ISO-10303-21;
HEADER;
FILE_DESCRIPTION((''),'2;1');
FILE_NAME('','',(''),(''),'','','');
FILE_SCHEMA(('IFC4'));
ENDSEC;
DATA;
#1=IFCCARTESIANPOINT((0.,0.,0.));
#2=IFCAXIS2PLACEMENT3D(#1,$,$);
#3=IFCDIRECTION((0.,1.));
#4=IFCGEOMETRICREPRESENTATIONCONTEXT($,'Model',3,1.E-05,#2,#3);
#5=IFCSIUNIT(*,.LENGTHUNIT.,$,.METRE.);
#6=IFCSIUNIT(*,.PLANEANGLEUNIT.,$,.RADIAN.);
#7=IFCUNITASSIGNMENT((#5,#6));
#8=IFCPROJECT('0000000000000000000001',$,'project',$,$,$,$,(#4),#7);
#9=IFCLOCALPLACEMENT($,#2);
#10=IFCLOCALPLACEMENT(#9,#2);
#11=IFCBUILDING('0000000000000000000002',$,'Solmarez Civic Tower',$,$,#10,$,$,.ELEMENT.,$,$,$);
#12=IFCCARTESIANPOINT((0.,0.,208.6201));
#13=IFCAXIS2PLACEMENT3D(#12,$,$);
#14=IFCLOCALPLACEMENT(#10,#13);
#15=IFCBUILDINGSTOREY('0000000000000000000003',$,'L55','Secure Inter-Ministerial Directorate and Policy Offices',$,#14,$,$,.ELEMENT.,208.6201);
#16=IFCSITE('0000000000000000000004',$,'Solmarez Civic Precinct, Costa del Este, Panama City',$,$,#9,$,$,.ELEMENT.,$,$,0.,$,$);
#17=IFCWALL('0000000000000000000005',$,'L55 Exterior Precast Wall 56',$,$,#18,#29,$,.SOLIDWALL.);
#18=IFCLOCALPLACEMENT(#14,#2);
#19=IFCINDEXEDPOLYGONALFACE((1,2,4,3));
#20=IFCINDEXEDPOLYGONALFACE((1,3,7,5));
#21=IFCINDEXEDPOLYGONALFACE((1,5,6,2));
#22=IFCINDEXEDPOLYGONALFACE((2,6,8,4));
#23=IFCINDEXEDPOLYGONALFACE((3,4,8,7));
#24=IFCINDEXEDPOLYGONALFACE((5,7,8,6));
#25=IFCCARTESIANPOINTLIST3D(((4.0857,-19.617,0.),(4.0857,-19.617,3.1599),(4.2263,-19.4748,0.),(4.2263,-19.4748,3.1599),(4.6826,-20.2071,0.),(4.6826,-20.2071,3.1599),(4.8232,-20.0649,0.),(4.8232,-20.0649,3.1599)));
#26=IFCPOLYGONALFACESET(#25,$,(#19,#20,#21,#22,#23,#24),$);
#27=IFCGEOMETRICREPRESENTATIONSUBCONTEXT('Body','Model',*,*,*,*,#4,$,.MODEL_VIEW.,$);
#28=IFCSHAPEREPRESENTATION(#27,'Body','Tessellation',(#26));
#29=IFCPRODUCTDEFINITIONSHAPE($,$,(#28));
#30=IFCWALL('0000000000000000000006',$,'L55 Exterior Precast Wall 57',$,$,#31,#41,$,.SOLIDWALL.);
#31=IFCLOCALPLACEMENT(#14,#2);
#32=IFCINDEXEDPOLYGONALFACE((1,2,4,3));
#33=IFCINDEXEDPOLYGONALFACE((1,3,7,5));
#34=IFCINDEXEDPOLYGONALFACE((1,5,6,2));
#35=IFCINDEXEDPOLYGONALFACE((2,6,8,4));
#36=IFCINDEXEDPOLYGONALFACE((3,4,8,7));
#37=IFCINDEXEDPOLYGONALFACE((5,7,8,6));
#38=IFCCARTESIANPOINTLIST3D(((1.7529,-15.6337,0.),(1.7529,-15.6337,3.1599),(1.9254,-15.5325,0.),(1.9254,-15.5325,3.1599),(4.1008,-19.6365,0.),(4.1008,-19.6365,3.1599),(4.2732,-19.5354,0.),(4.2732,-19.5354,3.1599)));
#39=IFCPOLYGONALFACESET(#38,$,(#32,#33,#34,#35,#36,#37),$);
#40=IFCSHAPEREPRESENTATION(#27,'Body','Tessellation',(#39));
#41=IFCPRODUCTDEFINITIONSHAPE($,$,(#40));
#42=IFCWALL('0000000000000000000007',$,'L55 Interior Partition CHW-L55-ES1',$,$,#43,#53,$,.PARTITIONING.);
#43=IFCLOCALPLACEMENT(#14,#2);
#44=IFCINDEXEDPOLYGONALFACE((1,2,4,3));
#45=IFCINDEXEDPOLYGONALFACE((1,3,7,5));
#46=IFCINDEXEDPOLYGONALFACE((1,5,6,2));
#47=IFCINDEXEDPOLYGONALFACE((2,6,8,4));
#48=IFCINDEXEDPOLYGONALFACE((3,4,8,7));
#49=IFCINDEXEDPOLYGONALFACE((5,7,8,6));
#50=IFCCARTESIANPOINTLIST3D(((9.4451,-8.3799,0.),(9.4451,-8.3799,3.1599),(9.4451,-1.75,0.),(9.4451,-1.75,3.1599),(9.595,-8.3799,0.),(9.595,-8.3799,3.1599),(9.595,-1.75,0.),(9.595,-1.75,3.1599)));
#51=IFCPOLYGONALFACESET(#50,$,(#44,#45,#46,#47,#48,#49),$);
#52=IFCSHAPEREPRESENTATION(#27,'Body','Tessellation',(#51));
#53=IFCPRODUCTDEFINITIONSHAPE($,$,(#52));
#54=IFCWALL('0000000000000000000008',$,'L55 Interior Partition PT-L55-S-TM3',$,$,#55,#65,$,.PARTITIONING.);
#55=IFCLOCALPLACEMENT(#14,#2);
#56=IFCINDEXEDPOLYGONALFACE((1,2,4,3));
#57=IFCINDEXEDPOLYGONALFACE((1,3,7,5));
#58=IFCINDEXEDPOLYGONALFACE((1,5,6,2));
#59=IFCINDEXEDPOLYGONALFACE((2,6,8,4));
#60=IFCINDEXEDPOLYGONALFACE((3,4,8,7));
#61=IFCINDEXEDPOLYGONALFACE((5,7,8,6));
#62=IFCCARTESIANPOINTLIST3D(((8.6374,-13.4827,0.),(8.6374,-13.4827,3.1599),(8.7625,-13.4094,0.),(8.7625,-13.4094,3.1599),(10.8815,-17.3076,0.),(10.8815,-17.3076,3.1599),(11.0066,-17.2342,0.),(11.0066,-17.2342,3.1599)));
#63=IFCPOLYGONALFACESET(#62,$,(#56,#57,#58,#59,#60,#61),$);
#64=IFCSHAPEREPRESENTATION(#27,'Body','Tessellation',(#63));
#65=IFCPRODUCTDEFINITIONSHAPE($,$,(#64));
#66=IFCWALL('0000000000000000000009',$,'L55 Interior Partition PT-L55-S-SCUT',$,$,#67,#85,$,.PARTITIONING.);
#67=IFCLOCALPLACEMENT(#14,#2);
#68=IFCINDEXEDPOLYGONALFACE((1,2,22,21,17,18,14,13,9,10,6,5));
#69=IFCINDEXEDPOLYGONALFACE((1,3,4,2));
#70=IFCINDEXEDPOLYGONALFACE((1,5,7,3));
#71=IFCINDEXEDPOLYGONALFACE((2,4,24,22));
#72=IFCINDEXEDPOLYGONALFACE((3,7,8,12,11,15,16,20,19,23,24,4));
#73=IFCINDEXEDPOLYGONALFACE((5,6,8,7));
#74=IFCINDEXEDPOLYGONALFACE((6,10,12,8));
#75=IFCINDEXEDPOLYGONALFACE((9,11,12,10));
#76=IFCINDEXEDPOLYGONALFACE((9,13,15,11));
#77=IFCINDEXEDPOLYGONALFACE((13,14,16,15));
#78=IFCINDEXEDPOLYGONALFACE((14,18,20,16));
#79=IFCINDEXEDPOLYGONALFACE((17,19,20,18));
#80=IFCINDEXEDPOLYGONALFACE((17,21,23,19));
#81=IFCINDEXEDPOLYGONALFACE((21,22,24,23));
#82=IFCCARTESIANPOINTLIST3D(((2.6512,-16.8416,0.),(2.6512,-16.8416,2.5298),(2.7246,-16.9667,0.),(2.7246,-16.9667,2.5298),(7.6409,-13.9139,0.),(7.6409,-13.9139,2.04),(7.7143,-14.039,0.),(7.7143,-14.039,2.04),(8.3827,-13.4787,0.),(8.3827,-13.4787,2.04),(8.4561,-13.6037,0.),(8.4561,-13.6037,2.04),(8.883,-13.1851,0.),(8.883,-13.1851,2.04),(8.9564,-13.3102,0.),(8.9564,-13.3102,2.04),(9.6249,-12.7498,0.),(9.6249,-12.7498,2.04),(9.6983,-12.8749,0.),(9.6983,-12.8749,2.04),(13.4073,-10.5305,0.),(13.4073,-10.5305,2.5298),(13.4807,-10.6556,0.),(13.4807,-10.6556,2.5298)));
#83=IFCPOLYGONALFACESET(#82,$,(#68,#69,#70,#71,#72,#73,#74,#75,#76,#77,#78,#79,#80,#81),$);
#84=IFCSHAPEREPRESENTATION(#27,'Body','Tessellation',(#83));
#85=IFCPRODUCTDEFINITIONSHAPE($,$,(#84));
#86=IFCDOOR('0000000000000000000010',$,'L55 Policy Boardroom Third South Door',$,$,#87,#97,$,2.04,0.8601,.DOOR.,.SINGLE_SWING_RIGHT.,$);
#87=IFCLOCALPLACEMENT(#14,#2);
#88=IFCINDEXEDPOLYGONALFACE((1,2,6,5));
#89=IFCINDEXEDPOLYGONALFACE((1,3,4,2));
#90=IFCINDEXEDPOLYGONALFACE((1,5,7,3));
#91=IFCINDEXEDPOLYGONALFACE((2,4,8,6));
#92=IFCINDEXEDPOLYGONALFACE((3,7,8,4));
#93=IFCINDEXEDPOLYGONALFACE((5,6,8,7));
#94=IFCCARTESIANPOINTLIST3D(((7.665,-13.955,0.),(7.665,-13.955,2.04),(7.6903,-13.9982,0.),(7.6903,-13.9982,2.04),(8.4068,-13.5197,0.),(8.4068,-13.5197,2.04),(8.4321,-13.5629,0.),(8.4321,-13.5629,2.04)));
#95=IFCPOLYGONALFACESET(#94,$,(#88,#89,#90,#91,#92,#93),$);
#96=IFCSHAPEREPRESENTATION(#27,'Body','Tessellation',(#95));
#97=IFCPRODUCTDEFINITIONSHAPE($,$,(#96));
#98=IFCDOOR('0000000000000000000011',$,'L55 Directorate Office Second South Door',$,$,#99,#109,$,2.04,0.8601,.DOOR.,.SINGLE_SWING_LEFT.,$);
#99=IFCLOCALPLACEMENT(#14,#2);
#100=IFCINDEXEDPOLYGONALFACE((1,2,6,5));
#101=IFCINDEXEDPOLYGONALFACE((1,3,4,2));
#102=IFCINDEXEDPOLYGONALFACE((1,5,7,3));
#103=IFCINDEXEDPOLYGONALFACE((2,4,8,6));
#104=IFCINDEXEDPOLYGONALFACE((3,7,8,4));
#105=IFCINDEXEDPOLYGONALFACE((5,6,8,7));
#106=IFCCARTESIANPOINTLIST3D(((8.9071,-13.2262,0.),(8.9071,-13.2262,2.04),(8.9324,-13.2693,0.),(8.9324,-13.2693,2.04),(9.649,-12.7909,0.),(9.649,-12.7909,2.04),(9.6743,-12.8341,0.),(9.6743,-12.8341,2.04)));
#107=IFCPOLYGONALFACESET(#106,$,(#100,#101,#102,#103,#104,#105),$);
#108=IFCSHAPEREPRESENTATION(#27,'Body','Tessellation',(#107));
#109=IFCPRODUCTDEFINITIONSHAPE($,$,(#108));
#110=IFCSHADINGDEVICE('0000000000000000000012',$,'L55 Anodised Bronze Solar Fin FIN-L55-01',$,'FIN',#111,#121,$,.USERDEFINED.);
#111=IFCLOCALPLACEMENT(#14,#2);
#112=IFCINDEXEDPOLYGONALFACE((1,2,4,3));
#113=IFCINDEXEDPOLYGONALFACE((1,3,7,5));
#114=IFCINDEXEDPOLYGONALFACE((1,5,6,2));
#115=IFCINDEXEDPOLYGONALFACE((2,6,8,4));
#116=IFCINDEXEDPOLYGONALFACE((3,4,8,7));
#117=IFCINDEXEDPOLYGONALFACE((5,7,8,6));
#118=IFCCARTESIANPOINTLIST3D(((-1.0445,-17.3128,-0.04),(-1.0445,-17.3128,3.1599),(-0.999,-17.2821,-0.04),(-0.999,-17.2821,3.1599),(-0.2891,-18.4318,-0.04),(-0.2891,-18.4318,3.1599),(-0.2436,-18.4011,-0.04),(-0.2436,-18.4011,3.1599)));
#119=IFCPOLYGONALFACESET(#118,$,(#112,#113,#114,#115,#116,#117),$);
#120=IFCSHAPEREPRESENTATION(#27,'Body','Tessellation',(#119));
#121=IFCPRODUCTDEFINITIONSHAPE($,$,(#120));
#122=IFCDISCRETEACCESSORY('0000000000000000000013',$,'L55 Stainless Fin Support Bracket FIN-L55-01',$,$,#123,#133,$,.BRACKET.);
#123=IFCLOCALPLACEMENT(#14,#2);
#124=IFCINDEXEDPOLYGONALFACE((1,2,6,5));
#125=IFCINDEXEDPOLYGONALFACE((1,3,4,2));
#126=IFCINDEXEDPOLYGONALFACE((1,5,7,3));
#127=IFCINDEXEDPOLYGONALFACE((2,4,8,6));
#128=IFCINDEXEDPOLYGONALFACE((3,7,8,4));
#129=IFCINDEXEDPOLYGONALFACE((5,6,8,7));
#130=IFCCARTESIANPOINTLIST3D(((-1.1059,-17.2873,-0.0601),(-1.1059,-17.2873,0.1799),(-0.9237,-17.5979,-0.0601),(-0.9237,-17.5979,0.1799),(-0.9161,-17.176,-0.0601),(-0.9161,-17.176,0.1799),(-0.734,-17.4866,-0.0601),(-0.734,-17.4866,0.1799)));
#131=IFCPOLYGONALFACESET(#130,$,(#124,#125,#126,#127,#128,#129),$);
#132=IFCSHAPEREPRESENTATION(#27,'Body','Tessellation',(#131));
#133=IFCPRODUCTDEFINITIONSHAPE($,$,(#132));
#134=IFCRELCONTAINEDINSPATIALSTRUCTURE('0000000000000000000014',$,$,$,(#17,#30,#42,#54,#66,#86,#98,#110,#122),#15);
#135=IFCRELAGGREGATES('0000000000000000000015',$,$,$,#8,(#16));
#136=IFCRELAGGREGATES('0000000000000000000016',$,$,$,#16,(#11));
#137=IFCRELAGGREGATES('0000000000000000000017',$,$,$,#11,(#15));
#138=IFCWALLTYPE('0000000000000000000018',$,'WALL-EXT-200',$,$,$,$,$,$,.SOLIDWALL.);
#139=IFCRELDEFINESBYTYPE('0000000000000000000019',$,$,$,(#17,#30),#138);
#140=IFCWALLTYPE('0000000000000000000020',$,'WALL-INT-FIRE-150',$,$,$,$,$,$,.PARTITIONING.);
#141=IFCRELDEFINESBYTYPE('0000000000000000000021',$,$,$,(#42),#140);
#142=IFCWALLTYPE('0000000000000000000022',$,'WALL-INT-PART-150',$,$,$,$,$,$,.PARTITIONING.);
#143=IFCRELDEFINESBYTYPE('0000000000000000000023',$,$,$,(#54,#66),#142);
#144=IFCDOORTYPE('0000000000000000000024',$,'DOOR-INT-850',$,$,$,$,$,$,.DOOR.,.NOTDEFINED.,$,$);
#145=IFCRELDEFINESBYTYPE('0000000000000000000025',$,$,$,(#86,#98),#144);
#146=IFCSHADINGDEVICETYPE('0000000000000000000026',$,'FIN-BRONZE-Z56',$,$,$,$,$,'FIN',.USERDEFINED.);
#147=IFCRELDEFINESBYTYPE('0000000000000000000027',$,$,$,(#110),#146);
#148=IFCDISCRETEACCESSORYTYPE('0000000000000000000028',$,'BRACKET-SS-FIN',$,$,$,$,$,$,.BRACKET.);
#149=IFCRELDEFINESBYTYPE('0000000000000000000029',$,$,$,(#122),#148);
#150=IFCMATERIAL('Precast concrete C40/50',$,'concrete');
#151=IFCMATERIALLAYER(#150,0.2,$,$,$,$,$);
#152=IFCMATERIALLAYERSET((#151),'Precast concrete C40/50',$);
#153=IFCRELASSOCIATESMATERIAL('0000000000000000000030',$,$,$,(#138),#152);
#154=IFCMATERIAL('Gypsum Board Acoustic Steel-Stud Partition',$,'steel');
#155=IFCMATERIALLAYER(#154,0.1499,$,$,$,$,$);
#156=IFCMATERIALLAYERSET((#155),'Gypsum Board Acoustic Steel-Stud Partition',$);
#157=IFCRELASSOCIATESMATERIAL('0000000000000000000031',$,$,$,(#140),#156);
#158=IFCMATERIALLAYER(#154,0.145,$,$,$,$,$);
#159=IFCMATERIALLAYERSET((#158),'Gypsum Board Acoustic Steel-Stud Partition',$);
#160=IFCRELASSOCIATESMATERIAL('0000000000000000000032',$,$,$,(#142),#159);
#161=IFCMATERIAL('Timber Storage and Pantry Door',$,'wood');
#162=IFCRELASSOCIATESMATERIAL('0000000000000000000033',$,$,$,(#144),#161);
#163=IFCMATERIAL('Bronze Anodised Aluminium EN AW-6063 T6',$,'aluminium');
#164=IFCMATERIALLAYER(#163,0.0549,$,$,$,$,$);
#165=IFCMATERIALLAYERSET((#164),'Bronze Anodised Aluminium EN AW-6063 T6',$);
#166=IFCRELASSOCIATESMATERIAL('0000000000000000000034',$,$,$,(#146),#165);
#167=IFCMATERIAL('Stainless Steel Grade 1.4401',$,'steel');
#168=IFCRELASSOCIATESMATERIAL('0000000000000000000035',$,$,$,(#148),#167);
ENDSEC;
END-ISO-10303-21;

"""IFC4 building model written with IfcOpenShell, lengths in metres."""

from ifc_helpers import new_model, si_unit, direction, frame, frame_2d, origin, origin_2d, place, context, subcontext, project, spatial, rectangle, extrude, material, layer, layer_set, type_object, element, fill, save


model = new_model("IFC4")

# Units and contexts
model_context = context("Model", 3, precision=1e-05, world=origin(), true_north=direction((0.0, 1.0)))
body_context = subcontext(model_context, "Body", "Model", "MODEL_VIEW")
ifc_project = project(units=[si_unit("LENGTHUNIT", "METRE"), si_unit("PLANEANGLEUNIT", "RADIAN")], contexts=[model_context])

# Site, building, storey
site_placement = place(None, origin())
site = spatial("IfcSite", under=ifc_project, at=site_placement, Name="Solmarez Civic Precinct, Costa del Este, Panama City", CompositionType="ELEMENT", RefElevation=0.0)
building_placement = place(site_placement, origin())
building = spatial("IfcBuilding", under=site, at=building_placement, Name="Solmarez Civic Tower", CompositionType="ELEMENT")
storey_placement = place(building_placement, frame((0.0, 0.0, 208.6201)))
storey = spatial("IfcBuildingStorey", under=building, at=storey_placement, Name="L55", Description="Secure Inter-Ministerial Directorate and Policy Offices", CompositionType="ELEMENT", Elevation=208.6201)

# Shared definitions
ifc_material_1 = material(Name="Bronze Anodised Aluminium EN AW-6063 T6", Category="aluminium")

# Shared definitions
ifc_material_2 = material(Name="Precast concrete C40/50", Category="concrete")
ifc_layer_1 = layer(ifc_material_2, 0.2)
ifc_layer_set_1 = layer_set([ifc_layer_1], Name="Precast concrete C40/50")
wall_type_1 = type_object("IfcWallType", Name="WALL-EXT-200", PredefinedType="SOLIDWALL", material=ifc_layer_set_1)

# Walls
wall_1_placement = place(storey_placement, frame((4.7529, -20.136, 0.0), z_axis=(0.0, 0.0, 1.0), x_axis=(-0.711167, 0.703023, 0.0)))
element("IfcWall", 1, at=wall_1_placement, inside=storey, type_object=wall_type_1, Name="L55 Exterior Precast Wall 56", PredefinedType="SOLIDWALL", context=body_context, shape_type="SweptSolid", body=[
    extrude(rectangle(XDim=0.8394, YDim=0.2, at=frame_2d((0.4197, 0.0))), origin(), (0.0, 0.0, 1.0), 3.1599),
])
wall_2_placement = place(storey_placement, frame((4.187, -19.5859, 0.0), z_axis=(0.0, 0.0, 1.0), x_axis=(-0.505937, 0.862571, 0.0)))
element("IfcWall", 2, at=wall_2_placement, inside=storey, type_object=wall_type_1, Name="L55 Exterior Precast Wall 57", PredefinedType="SOLIDWALL", context=body_context, shape_type="SweptSolid", body=[
    extrude(rectangle(XDim=4.6406, YDim=0.2, at=frame_2d((2.3203, 0.0))), origin(), (0.0, 0.0, 1.0), 3.1599),
])
ifc_material_3 = material(Name="Gypsum Board Acoustic Steel-Stud Partition", Category="steel")
ifc_layer_2 = layer(ifc_material_3, 0.1499)
ifc_layer_set_2 = layer_set([ifc_layer_2], Name="Gypsum Board Acoustic Steel-Stud Partition")
wall_type_2 = type_object("IfcWallType", Name="WALL-INT-FIRE-150", PredefinedType="PARTITIONING", material=ifc_layer_set_2)
wall_3_placement = place(storey_placement, frame((9.52, -8.3799, 0.0), z_axis=(0.0, 0.0, 1.0), x_axis=(0.0, 1.0, 0.0)))
element("IfcWall", 3, at=wall_3_placement, inside=storey, type_object=wall_type_2, Name="L55 Interior Partition CHW-L55-ES1", PredefinedType="PARTITIONING", context=body_context, shape_type="SweptSolid", body=[
    extrude(rectangle(XDim=6.6299, YDim=0.1499, at=frame_2d((3.3149, 0.0))), origin(), (0.0, 0.0, 1.0), 3.1599),
])
ifc_layer_3 = layer(ifc_material_3, 0.145)
ifc_layer_set_3 = layer_set([ifc_layer_3], Name="Gypsum Board Acoustic Steel-Stud Partition")
wall_type_3 = type_object("IfcWallType", Name="WALL-INT-PART-150", PredefinedType="PARTITIONING", material=ifc_layer_set_3)
wall_4_placement = place(storey_placement, frame((8.7, -13.446, 0.0), z_axis=(0.0, 0.0, 1.0), x_axis=(0.506043, -0.862508, 0.0)))
element("IfcWall", 4, at=wall_4_placement, inside=storey, type_object=wall_type_3, Name="L55 Interior Partition PT-L55-S-TM3", PredefinedType="PARTITIONING", context=body_context, shape_type="SweptSolid", body=[
    extrude(rectangle(XDim=4.4346, YDim=0.145, at=frame_2d((2.2173, 0.0))), origin(), (0.0, 0.0, 1.0), 3.1599),
])

# Wall, openings, doors
wall_5_placement = place(storey_placement, frame((2.688, -16.9041, 0.0), z_axis=(0.0, 0.0, 1.0), x_axis=(0.862497, 0.506062, 0.0)))
wall_5 = element("IfcWall", 5, at=wall_5_placement, inside=storey, type_object=wall_type_3, Name="L55 Interior Partition PT-L55-S-SCUT", PredefinedType="PARTITIONING", context=body_context, shape_type="SweptSolid", body=[
    extrude(rectangle(XDim=12.4709, YDim=0.145, at=frame_2d((6.2354, 0.0))), origin(), (0.0, 0.0, 1.0), 2.5298),
])
opening_1_placement = place(wall_5_placement, frame((5.7849, 0.0, 0.0)))
opening_1 = element("IfcOpeningElement", 6, at=opening_1_placement, cuts=wall_5, PredefinedType="OPENING", context=body_context, shape_type="SweptSolid", body=[
    extrude(rectangle(XDim=0.8601, YDim=2.04, at=frame_2d((0.4302, 1.02))), frame((0.0, 0.0825, 0.0), z_axis=(0.0, -1.0, 0.0), x_axis=(1.0, 0.0, 0.0)), (0.0, 0.0, 1.0), 0.165),
])
opening_2_placement = place(wall_5_placement, frame((7.2251, 0.0, 0.0)))
opening_2 = element("IfcOpeningElement", 7, at=opening_2_placement, cuts=wall_5, PredefinedType="OPENING", context=body_context, shape_type="SweptSolid", body=[
    extrude(rectangle(XDim=0.8601, YDim=2.04, at=frame_2d((0.4302, 1.02))), frame((0.0, 0.0825, 0.0), z_axis=(0.0, -1.0, 0.0), x_axis=(1.0, 0.0, 0.0)), (0.0, 0.0, 1.0), 0.165),
])
ifc_material_4 = material(Name="Timber Storage and Pantry Door", Category="wood")
door_type = type_object("IfcDoorType", Name="DOOR-INT-850", OperationType="NOTDEFINED", PredefinedType="DOOR", material=ifc_material_4)
door_1_placement = place(opening_1_placement, origin())
door_1 = element("IfcDoor", 8, at=door_1_placement, inside=storey, type_object=door_type, Name="L55 Policy Boardroom Third South Door", OperationType="SINGLE_SWING_RIGHT", OverallHeight=2.04, OverallWidth=0.8601, PredefinedType="DOOR", context=body_context, shape_type="SweptSolid", body=[
    extrude(rectangle(XDim=0.8601, YDim=2.04, at=frame_2d((0.4302, 1.02))), frame((0.0, 0.0249, 0.0), z_axis=(0.0, -1.0, 0.0), x_axis=(1.0, 0.0, 0.0)), (0.0, 0.0, 1.0), 0.05),
])
fill(opening_1, door_1)
door_2_placement = place(opening_2_placement, origin())
door_2 = element("IfcDoor", 9, at=door_2_placement, inside=storey, type_object=door_type, Name="L55 Directorate Office Second South Door", OperationType="SINGLE_SWING_LEFT", OverallHeight=2.04, OverallWidth=0.8601, PredefinedType="DOOR", context=body_context, shape_type="SweptSolid", body=[
    extrude(rectangle(XDim=0.8601, YDim=2.04, at=frame_2d((0.4302, 1.02))), frame((0.0, 0.0249, 0.0), z_axis=(0.0, -1.0, 0.0), x_axis=(1.0, 0.0, 0.0)), (0.0, 0.0, 1.0), 0.05),
])
fill(opening_2, door_2)

# Shading device
ifc_layer_4 = layer(ifc_material_1, 0.0549)
ifc_layer_set_4 = layer_set([ifc_layer_4], Name="Bronze Anodised Aluminium EN AW-6063 T6")
shading_device_type = type_object("IfcShadingDeviceType", Name="FIN-BRONZE-Z56", ElementType="FIN", PredefinedType="USERDEFINED", material=ifc_layer_set_4)
shading_device_placement = place(storey_placement, frame((-0.644, -17.8569, -0.04), z_axis=(0.0, 0.0, 1.0), x_axis=(0.559482, -0.828842, 0.0)))
element("IfcShadingDevice", 10, at=shading_device_placement, inside=storey, type_object=shading_device_type, Name="L55 Anodised Bronze Solar Fin FIN-L55-01", ObjectType="FIN", PredefinedType="USERDEFINED", context=body_context, shape_type="SweptSolid", body=[
    extrude(rectangle(XDim=1.3501, YDim=0.0549, at=origin_2d()), origin(), (0.0, 0.0, 1.0), 3.2),
])

# Discrete accessory
ifc_material_5 = material(Name="Stainless Steel Grade 1.4401", Category="steel")
discrete_accessory_type = type_object("IfcDiscreteAccessoryType", Name="BRACKET-SS-FIN", PredefinedType="BRACKET", material=ifc_material_5)
discrete_accessory_placement = place(storey_placement, frame((-0.9199, -17.387, -0.0601), z_axis=(0.0, 0.0, 1.0), x_axis=(0.50594, -0.862569, 0.0)))
element("IfcDiscreteAccessory", 11, at=discrete_accessory_placement, inside=storey, type_object=discrete_accessory_type, Name="L55 Stainless Fin Support Bracket FIN-L55-01", PredefinedType="BRACKET", context=body_context, shape_type="SweptSolid", body=[
    extrude(rectangle(XDim=0.3601, YDim=0.22, at=origin_2d()), origin(), (0.0, 0.0, 1.0), 0.24),
])

save(model, "model.ifc")
